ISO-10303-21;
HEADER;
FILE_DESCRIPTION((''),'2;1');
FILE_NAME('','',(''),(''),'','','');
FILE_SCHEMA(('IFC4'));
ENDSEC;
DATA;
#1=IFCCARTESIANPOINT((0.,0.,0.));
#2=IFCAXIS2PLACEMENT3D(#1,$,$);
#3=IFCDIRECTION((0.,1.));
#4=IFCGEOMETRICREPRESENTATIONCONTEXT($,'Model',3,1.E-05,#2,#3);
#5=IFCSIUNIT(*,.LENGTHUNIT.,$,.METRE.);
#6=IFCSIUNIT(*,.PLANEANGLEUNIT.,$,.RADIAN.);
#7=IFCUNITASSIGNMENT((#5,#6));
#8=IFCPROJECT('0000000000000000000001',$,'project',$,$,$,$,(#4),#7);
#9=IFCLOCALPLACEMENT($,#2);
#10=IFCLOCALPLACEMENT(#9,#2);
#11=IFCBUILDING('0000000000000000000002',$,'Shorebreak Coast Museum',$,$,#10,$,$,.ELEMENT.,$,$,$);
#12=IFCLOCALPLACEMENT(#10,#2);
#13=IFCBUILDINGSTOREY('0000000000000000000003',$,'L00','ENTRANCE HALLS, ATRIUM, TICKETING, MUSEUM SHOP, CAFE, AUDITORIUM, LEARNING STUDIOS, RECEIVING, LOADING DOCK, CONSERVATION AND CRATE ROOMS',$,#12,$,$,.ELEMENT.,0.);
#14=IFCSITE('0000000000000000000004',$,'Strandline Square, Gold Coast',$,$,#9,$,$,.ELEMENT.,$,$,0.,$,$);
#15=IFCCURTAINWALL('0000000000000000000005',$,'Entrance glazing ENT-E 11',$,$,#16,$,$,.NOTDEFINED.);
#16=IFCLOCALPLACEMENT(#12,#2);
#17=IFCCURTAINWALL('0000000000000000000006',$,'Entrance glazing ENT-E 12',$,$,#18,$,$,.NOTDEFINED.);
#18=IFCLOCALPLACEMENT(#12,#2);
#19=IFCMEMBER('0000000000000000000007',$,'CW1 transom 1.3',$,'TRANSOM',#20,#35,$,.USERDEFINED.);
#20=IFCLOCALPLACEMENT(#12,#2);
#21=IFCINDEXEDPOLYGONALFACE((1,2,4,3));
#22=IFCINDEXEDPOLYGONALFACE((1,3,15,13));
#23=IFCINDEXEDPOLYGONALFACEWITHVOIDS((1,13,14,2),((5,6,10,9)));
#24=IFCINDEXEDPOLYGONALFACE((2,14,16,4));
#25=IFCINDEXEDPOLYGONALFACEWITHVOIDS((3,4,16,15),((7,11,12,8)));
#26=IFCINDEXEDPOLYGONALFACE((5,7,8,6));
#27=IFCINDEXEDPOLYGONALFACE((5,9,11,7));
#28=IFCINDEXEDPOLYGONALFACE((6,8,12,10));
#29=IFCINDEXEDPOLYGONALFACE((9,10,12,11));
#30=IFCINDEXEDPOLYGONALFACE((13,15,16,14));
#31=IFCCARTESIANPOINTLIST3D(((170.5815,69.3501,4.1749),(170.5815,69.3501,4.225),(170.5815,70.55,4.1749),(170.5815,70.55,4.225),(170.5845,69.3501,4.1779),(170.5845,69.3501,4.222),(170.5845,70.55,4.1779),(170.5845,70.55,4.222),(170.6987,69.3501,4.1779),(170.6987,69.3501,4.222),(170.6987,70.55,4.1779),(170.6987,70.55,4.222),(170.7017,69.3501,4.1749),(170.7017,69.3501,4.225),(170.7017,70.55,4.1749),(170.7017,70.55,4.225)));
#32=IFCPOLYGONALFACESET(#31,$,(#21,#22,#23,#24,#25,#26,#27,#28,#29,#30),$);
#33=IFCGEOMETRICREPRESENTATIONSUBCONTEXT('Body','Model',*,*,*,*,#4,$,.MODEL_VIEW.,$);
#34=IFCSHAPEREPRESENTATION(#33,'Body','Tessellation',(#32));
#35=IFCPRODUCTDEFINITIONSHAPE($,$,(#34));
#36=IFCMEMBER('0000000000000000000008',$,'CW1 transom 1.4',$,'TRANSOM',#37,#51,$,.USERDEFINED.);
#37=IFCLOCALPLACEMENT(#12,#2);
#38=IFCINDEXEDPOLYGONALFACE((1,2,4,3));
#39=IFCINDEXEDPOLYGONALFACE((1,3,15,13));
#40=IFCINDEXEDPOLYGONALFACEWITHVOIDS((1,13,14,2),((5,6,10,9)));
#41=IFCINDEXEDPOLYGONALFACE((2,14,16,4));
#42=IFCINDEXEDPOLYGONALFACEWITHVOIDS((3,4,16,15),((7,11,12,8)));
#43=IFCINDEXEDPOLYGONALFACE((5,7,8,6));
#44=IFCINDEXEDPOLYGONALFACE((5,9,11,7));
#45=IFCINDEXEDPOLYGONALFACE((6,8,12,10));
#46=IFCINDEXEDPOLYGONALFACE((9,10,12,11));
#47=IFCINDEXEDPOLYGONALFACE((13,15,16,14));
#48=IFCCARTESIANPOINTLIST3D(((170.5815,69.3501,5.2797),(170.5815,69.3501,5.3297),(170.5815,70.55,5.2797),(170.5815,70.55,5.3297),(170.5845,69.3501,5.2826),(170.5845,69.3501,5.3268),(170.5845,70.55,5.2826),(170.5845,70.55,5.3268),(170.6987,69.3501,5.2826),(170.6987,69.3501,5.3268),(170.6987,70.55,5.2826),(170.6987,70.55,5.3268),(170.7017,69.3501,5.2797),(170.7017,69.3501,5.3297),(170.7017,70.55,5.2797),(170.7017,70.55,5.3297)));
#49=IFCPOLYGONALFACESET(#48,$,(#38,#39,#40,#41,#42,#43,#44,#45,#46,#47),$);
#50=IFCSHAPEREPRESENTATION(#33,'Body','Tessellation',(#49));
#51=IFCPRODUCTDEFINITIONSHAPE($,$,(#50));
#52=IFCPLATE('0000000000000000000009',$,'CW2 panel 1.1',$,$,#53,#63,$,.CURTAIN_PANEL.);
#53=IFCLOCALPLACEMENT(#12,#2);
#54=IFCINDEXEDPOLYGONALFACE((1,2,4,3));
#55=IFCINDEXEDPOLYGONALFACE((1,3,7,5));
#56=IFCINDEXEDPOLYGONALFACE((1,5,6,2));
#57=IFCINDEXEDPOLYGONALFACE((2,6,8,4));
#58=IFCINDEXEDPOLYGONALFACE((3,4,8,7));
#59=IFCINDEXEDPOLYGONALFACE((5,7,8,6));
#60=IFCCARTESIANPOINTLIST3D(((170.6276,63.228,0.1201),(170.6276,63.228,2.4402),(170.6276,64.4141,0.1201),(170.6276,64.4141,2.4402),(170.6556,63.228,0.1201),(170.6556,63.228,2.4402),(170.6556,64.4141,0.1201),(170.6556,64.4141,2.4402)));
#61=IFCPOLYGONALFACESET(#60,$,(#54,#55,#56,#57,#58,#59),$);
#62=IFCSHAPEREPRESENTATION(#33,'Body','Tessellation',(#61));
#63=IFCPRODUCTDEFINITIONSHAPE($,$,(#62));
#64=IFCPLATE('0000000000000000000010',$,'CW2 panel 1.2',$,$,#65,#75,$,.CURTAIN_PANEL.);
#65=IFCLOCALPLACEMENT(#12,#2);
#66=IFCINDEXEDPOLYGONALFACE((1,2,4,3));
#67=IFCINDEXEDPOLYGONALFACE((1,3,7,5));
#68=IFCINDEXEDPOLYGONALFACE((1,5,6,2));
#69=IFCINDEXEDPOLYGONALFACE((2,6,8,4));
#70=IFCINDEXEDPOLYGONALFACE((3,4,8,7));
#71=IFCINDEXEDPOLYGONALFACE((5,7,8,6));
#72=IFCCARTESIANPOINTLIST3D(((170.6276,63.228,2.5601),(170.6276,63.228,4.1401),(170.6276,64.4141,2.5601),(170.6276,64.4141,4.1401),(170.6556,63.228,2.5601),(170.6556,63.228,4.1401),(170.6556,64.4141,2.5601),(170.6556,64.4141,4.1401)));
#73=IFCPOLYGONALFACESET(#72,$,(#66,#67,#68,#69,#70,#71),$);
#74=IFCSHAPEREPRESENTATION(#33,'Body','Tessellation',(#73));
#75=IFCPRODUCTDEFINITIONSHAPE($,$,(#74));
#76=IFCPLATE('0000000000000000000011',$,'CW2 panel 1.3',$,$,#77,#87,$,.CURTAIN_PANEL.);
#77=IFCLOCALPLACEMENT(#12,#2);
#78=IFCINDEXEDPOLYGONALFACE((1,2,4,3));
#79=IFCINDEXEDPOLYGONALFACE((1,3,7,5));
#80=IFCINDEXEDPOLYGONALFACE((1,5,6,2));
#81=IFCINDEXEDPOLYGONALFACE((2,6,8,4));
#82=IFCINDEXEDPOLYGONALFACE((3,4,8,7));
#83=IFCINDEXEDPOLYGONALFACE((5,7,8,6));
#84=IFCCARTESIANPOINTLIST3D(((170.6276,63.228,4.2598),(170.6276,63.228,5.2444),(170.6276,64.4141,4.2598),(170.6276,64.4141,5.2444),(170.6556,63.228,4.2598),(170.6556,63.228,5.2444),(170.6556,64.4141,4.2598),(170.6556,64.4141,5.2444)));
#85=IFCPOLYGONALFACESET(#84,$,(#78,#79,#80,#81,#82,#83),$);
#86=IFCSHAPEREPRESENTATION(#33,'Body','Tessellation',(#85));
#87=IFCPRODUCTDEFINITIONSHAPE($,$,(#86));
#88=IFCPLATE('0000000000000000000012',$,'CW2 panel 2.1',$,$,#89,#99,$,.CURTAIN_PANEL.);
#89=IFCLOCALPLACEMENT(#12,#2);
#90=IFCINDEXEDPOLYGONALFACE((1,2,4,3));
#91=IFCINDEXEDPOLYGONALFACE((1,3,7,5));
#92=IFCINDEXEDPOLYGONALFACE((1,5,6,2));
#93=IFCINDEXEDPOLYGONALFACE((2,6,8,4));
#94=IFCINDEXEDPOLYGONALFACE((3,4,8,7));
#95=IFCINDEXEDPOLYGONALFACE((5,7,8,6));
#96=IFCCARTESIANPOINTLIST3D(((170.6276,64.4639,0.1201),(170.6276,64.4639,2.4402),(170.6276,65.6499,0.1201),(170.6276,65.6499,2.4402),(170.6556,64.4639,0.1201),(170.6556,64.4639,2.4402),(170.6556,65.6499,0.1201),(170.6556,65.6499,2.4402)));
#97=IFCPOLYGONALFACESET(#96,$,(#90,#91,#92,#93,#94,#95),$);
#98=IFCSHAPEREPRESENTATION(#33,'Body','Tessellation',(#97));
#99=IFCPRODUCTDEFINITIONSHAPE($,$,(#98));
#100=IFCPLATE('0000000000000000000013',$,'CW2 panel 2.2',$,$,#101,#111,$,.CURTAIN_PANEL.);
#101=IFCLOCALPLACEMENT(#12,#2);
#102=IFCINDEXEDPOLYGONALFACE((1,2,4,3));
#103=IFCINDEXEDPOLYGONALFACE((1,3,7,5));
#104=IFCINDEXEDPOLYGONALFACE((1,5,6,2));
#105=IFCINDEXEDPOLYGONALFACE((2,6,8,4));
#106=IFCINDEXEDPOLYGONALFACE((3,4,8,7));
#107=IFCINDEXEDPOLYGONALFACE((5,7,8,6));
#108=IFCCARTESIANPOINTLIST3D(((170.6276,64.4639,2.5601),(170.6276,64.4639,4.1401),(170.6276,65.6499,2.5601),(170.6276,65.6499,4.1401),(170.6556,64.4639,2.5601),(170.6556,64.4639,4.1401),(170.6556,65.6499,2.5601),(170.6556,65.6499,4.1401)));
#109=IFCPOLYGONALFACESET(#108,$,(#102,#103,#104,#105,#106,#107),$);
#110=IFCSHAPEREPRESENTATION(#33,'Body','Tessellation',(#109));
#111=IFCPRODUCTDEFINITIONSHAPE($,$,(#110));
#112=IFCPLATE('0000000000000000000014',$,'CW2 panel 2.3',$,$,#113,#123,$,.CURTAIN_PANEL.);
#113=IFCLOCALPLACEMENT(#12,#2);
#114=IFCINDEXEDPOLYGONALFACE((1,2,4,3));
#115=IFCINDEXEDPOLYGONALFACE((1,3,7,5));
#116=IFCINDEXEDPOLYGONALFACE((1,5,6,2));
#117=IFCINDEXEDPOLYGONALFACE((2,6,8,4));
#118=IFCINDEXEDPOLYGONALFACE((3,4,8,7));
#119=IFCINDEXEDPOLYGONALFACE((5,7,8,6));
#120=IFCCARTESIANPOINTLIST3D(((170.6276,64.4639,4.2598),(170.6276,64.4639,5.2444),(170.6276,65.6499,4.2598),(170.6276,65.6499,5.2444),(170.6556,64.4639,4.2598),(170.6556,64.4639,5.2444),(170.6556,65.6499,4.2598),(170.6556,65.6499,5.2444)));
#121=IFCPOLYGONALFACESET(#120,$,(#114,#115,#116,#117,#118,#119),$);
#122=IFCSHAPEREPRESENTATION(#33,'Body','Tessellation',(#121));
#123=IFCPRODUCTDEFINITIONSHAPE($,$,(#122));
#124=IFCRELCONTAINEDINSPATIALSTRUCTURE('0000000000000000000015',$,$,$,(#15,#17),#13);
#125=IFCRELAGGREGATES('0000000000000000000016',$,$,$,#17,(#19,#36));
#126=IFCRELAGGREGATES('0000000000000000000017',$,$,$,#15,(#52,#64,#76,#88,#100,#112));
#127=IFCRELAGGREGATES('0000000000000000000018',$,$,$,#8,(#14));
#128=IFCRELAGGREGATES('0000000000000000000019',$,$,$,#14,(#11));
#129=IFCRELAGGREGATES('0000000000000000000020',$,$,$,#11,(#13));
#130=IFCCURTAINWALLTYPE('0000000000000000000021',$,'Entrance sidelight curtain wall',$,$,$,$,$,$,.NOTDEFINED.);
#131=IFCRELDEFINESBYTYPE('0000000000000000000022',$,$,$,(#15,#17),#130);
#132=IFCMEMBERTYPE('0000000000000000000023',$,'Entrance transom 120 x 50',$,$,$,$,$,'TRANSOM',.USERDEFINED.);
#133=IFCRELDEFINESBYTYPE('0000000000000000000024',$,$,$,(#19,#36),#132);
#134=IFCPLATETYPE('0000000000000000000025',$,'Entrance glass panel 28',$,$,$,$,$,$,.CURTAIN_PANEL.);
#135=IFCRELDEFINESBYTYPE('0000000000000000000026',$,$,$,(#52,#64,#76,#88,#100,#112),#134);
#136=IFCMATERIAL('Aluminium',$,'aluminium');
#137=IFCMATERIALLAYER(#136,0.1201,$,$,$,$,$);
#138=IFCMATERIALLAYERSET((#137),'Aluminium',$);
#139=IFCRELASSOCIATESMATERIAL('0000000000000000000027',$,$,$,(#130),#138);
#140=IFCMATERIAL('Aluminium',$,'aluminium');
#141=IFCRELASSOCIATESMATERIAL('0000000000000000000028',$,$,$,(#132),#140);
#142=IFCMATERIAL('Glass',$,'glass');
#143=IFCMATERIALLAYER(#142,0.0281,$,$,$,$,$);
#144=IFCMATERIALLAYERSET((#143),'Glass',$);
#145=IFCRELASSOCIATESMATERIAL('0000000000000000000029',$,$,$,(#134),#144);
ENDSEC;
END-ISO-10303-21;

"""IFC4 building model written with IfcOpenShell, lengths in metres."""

from ifc_helpers import new_model, si_unit, direction, frame, origin, origin_2d, place, context, subcontext, project, spatial, rectangle, hollow_rectangle, extrude, material, layer, layer_set, material_profile, profile_set, type_object, element, aggregate, save


model = new_model("IFC4")

# Units and contexts
model_context = context("Model", 3, precision=1e-05, world=origin(), true_north=direction((0.0, 1.0)))
body_context = subcontext(model_context, "Body", "Model", "MODEL_VIEW")
ifc_project = project(units=[si_unit("LENGTHUNIT", "METRE"), si_unit("PLANEANGLEUNIT", "RADIAN")], contexts=[model_context])

# Site, building, storey
site_placement = place(None, origin())
site = spatial("IfcSite", under=ifc_project, at=site_placement, Name="Strandline Square, Gold Coast", CompositionType="ELEMENT", RefElevation=0.0)
building_placement = place(site_placement, origin())
building = spatial("IfcBuilding", under=site, at=building_placement, Name="Shorebreak Coast Museum", CompositionType="ELEMENT")
storey_placement = place(building_placement, origin())
storey = spatial("IfcBuildingStorey", under=building, at=storey_placement, Name="L00", Description="ENTRANCE HALLS, ATRIUM, TICKETING, MUSEUM SHOP, CAFE, AUDITORIUM, LEARNING STUDIOS, RECEIVING, LOADING DOCK, CONSERVATION AND CRATE ROOMS", CompositionType="ELEMENT", Elevation=0.0)

# Curtain wall
ifc_material_1 = material(Name="Aluminium", Category="aluminium")
ifc_layer_1 = layer(ifc_material_1, 0.1201)
ifc_layer_set_1 = layer_set([ifc_layer_1], Name="Aluminium")
curtain_wall_type = type_object("IfcCurtainWallType", Name="Entrance sidelight curtain wall", PredefinedType="NOTDEFINED", material=ifc_layer_set_1)
curtain_wall_1_placement = place(storey_placement, origin())
curtain_wall_1 = element("IfcCurtainWall", 1, at=curtain_wall_1_placement, inside=storey, type_object=curtain_wall_type, Name="Entrance glazing ENT-E 11", PredefinedType="NOTDEFINED")

# Curtain wall
curtain_wall_2_placement = place(storey_placement, origin())
curtain_wall_2 = element("IfcCurtainWall", 2, at=curtain_wall_2_placement, inside=storey, type_object=curtain_wall_type, Name="Entrance glazing ENT-E 12", PredefinedType="NOTDEFINED")

# Members
ifc_material_2 = material(Name="Aluminium", Category="aluminium")
ifc_material_profile_1 = material_profile(ifc_material_2, hollow_rectangle(XDim=0.1201, YDim=0.05, WallThickness=0.0029, at=origin_2d()), Name="AL 50x120 RHS")
ifc_profile_set_1 = profile_set([ifc_material_profile_1], Name="Aluminium")
member_type_1 = type_object("IfcMemberType", Name="Entrance transom 120 x 50", ElementType="TRANSOM", PredefinedType="USERDEFINED", material=ifc_profile_set_1)
member_1_placement = place(storey_placement, frame((170.6416, 69.3501, 4.2), z_axis=(0.0, 1.0, 0.0), x_axis=(-1.0, 0.0, 0.0)))
member_1 = element("IfcMember", 3, at=member_1_placement, type_object=member_type_1, Name="CW1 transom 1.3", ObjectType="TRANSOM", PredefinedType="USERDEFINED", context=body_context, shape_type="SweptSolid", body=[
    extrude(hollow_rectangle(XDim=0.1201, YDim=0.05, WallThickness=0.0029, at=origin_2d()), origin(), (0.0, 0.0, 1.0), 1.2),
])
member_2_placement = place(storey_placement, frame((170.6416, 69.3501, 5.3047), z_axis=(0.0, 1.0, 0.0), x_axis=(-1.0, 0.0, 0.0)))
member_2 = element("IfcMember", 4, at=member_2_placement, type_object=member_type_1, Name="CW1 transom 1.4", ObjectType="TRANSOM", PredefinedType="USERDEFINED", context=body_context, shape_type="SweptSolid", body=[
    extrude(hollow_rectangle(XDim=0.1201, YDim=0.05, WallThickness=0.0029, at=origin_2d()), origin(), (0.0, 0.0, 1.0), 1.2),
])
aggregate(curtain_wall_2, [member_1, member_2])

# Plates
ifc_material_3 = material(Name="Glass", Category="glass")
ifc_layer_2 = layer(ifc_material_3, 0.0281)
ifc_layer_set_2 = layer_set([ifc_layer_2], Name="Glass")
plate_type = type_object("IfcPlateType", Name="Entrance glass panel 28", PredefinedType="CURTAIN_PANEL", material=ifc_layer_set_2)
plate_1_placement = place(storey_placement, frame((170.6416, 63.821, 0.1201), z_axis=(0.0, 0.0, 1.0), x_axis=(0.0, 1.0, 0.0)))
plate_1 = element("IfcPlate", 5, at=plate_1_placement, type_object=plate_type, Name="CW2 panel 1.1", PredefinedType="CURTAIN_PANEL", context=body_context, shape_type="SweptSolid", body=[
    extrude(rectangle(XDim=1.186, YDim=0.0281, at=origin_2d()), origin(), (0.0, 0.0, 1.0), 2.3201),
])
plate_2_placement = place(storey_placement, frame((170.6416, 63.821, 2.5601), z_axis=(0.0, 0.0, 1.0), x_axis=(0.0, 1.0, 0.0)))
plate_2 = element("IfcPlate", 6, at=plate_2_placement, type_object=plate_type, Name="CW2 panel 1.2", PredefinedType="CURTAIN_PANEL", context=body_context, shape_type="SweptSolid", body=[
    extrude(rectangle(XDim=1.186, YDim=0.0281, at=origin_2d()), origin(), (0.0, 0.0, 1.0), 1.5801),
])
plate_3_placement = place(storey_placement, frame((170.6416, 63.821, 4.2598), z_axis=(0.0, 0.0, 1.0), x_axis=(0.0, 1.0, 0.0)))
plate_3 = element("IfcPlate", 7, at=plate_3_placement, type_object=plate_type, Name="CW2 panel 1.3", PredefinedType="CURTAIN_PANEL", context=body_context, shape_type="SweptSolid", body=[
    extrude(rectangle(XDim=1.186, YDim=0.0281, at=origin_2d()), origin(), (0.0, 0.0, 1.0), 0.9846),
])
plate_4_placement = place(storey_placement, frame((170.6416, 65.0569, 0.1201), z_axis=(0.0, 0.0, 1.0), x_axis=(0.0, 1.0, 0.0)))
plate_4 = element("IfcPlate", 8, at=plate_4_placement, type_object=plate_type, Name="CW2 panel 2.1", PredefinedType="CURTAIN_PANEL", context=body_context, shape_type="SweptSolid", body=[
    extrude(rectangle(XDim=1.186, YDim=0.0281, at=origin_2d()), origin(), (0.0, 0.0, 1.0), 2.3201),
])
plate_5_placement = place(storey_placement, frame((170.6416, 65.0569, 2.5601), z_axis=(0.0, 0.0, 1.0), x_axis=(0.0, 1.0, 0.0)))
plate_5 = element("IfcPlate", 9, at=plate_5_placement, type_object=plate_type, Name="CW2 panel 2.2", PredefinedType="CURTAIN_PANEL", context=body_context, shape_type="SweptSolid", body=[
    extrude(rectangle(XDim=1.186, YDim=0.0281, at=origin_2d()), origin(), (0.0, 0.0, 1.0), 1.5801),
])
plate_6_placement = place(storey_placement, frame((170.6416, 65.0569, 4.2598), z_axis=(0.0, 0.0, 1.0), x_axis=(0.0, 1.0, 0.0)))
plate_6 = element("IfcPlate", 10, at=plate_6_placement, type_object=plate_type, Name="CW2 panel 2.3", PredefinedType="CURTAIN_PANEL", context=body_context, shape_type="SweptSolid", body=[
    extrude(rectangle(XDim=1.186, YDim=0.0281, at=origin_2d()), origin(), (0.0, 0.0, 1.0), 0.9846),
])
aggregate(curtain_wall_1, [plate_1, plate_2, plate_3, plate_4, plate_5, plate_6])

save(model, "model.ifc")
